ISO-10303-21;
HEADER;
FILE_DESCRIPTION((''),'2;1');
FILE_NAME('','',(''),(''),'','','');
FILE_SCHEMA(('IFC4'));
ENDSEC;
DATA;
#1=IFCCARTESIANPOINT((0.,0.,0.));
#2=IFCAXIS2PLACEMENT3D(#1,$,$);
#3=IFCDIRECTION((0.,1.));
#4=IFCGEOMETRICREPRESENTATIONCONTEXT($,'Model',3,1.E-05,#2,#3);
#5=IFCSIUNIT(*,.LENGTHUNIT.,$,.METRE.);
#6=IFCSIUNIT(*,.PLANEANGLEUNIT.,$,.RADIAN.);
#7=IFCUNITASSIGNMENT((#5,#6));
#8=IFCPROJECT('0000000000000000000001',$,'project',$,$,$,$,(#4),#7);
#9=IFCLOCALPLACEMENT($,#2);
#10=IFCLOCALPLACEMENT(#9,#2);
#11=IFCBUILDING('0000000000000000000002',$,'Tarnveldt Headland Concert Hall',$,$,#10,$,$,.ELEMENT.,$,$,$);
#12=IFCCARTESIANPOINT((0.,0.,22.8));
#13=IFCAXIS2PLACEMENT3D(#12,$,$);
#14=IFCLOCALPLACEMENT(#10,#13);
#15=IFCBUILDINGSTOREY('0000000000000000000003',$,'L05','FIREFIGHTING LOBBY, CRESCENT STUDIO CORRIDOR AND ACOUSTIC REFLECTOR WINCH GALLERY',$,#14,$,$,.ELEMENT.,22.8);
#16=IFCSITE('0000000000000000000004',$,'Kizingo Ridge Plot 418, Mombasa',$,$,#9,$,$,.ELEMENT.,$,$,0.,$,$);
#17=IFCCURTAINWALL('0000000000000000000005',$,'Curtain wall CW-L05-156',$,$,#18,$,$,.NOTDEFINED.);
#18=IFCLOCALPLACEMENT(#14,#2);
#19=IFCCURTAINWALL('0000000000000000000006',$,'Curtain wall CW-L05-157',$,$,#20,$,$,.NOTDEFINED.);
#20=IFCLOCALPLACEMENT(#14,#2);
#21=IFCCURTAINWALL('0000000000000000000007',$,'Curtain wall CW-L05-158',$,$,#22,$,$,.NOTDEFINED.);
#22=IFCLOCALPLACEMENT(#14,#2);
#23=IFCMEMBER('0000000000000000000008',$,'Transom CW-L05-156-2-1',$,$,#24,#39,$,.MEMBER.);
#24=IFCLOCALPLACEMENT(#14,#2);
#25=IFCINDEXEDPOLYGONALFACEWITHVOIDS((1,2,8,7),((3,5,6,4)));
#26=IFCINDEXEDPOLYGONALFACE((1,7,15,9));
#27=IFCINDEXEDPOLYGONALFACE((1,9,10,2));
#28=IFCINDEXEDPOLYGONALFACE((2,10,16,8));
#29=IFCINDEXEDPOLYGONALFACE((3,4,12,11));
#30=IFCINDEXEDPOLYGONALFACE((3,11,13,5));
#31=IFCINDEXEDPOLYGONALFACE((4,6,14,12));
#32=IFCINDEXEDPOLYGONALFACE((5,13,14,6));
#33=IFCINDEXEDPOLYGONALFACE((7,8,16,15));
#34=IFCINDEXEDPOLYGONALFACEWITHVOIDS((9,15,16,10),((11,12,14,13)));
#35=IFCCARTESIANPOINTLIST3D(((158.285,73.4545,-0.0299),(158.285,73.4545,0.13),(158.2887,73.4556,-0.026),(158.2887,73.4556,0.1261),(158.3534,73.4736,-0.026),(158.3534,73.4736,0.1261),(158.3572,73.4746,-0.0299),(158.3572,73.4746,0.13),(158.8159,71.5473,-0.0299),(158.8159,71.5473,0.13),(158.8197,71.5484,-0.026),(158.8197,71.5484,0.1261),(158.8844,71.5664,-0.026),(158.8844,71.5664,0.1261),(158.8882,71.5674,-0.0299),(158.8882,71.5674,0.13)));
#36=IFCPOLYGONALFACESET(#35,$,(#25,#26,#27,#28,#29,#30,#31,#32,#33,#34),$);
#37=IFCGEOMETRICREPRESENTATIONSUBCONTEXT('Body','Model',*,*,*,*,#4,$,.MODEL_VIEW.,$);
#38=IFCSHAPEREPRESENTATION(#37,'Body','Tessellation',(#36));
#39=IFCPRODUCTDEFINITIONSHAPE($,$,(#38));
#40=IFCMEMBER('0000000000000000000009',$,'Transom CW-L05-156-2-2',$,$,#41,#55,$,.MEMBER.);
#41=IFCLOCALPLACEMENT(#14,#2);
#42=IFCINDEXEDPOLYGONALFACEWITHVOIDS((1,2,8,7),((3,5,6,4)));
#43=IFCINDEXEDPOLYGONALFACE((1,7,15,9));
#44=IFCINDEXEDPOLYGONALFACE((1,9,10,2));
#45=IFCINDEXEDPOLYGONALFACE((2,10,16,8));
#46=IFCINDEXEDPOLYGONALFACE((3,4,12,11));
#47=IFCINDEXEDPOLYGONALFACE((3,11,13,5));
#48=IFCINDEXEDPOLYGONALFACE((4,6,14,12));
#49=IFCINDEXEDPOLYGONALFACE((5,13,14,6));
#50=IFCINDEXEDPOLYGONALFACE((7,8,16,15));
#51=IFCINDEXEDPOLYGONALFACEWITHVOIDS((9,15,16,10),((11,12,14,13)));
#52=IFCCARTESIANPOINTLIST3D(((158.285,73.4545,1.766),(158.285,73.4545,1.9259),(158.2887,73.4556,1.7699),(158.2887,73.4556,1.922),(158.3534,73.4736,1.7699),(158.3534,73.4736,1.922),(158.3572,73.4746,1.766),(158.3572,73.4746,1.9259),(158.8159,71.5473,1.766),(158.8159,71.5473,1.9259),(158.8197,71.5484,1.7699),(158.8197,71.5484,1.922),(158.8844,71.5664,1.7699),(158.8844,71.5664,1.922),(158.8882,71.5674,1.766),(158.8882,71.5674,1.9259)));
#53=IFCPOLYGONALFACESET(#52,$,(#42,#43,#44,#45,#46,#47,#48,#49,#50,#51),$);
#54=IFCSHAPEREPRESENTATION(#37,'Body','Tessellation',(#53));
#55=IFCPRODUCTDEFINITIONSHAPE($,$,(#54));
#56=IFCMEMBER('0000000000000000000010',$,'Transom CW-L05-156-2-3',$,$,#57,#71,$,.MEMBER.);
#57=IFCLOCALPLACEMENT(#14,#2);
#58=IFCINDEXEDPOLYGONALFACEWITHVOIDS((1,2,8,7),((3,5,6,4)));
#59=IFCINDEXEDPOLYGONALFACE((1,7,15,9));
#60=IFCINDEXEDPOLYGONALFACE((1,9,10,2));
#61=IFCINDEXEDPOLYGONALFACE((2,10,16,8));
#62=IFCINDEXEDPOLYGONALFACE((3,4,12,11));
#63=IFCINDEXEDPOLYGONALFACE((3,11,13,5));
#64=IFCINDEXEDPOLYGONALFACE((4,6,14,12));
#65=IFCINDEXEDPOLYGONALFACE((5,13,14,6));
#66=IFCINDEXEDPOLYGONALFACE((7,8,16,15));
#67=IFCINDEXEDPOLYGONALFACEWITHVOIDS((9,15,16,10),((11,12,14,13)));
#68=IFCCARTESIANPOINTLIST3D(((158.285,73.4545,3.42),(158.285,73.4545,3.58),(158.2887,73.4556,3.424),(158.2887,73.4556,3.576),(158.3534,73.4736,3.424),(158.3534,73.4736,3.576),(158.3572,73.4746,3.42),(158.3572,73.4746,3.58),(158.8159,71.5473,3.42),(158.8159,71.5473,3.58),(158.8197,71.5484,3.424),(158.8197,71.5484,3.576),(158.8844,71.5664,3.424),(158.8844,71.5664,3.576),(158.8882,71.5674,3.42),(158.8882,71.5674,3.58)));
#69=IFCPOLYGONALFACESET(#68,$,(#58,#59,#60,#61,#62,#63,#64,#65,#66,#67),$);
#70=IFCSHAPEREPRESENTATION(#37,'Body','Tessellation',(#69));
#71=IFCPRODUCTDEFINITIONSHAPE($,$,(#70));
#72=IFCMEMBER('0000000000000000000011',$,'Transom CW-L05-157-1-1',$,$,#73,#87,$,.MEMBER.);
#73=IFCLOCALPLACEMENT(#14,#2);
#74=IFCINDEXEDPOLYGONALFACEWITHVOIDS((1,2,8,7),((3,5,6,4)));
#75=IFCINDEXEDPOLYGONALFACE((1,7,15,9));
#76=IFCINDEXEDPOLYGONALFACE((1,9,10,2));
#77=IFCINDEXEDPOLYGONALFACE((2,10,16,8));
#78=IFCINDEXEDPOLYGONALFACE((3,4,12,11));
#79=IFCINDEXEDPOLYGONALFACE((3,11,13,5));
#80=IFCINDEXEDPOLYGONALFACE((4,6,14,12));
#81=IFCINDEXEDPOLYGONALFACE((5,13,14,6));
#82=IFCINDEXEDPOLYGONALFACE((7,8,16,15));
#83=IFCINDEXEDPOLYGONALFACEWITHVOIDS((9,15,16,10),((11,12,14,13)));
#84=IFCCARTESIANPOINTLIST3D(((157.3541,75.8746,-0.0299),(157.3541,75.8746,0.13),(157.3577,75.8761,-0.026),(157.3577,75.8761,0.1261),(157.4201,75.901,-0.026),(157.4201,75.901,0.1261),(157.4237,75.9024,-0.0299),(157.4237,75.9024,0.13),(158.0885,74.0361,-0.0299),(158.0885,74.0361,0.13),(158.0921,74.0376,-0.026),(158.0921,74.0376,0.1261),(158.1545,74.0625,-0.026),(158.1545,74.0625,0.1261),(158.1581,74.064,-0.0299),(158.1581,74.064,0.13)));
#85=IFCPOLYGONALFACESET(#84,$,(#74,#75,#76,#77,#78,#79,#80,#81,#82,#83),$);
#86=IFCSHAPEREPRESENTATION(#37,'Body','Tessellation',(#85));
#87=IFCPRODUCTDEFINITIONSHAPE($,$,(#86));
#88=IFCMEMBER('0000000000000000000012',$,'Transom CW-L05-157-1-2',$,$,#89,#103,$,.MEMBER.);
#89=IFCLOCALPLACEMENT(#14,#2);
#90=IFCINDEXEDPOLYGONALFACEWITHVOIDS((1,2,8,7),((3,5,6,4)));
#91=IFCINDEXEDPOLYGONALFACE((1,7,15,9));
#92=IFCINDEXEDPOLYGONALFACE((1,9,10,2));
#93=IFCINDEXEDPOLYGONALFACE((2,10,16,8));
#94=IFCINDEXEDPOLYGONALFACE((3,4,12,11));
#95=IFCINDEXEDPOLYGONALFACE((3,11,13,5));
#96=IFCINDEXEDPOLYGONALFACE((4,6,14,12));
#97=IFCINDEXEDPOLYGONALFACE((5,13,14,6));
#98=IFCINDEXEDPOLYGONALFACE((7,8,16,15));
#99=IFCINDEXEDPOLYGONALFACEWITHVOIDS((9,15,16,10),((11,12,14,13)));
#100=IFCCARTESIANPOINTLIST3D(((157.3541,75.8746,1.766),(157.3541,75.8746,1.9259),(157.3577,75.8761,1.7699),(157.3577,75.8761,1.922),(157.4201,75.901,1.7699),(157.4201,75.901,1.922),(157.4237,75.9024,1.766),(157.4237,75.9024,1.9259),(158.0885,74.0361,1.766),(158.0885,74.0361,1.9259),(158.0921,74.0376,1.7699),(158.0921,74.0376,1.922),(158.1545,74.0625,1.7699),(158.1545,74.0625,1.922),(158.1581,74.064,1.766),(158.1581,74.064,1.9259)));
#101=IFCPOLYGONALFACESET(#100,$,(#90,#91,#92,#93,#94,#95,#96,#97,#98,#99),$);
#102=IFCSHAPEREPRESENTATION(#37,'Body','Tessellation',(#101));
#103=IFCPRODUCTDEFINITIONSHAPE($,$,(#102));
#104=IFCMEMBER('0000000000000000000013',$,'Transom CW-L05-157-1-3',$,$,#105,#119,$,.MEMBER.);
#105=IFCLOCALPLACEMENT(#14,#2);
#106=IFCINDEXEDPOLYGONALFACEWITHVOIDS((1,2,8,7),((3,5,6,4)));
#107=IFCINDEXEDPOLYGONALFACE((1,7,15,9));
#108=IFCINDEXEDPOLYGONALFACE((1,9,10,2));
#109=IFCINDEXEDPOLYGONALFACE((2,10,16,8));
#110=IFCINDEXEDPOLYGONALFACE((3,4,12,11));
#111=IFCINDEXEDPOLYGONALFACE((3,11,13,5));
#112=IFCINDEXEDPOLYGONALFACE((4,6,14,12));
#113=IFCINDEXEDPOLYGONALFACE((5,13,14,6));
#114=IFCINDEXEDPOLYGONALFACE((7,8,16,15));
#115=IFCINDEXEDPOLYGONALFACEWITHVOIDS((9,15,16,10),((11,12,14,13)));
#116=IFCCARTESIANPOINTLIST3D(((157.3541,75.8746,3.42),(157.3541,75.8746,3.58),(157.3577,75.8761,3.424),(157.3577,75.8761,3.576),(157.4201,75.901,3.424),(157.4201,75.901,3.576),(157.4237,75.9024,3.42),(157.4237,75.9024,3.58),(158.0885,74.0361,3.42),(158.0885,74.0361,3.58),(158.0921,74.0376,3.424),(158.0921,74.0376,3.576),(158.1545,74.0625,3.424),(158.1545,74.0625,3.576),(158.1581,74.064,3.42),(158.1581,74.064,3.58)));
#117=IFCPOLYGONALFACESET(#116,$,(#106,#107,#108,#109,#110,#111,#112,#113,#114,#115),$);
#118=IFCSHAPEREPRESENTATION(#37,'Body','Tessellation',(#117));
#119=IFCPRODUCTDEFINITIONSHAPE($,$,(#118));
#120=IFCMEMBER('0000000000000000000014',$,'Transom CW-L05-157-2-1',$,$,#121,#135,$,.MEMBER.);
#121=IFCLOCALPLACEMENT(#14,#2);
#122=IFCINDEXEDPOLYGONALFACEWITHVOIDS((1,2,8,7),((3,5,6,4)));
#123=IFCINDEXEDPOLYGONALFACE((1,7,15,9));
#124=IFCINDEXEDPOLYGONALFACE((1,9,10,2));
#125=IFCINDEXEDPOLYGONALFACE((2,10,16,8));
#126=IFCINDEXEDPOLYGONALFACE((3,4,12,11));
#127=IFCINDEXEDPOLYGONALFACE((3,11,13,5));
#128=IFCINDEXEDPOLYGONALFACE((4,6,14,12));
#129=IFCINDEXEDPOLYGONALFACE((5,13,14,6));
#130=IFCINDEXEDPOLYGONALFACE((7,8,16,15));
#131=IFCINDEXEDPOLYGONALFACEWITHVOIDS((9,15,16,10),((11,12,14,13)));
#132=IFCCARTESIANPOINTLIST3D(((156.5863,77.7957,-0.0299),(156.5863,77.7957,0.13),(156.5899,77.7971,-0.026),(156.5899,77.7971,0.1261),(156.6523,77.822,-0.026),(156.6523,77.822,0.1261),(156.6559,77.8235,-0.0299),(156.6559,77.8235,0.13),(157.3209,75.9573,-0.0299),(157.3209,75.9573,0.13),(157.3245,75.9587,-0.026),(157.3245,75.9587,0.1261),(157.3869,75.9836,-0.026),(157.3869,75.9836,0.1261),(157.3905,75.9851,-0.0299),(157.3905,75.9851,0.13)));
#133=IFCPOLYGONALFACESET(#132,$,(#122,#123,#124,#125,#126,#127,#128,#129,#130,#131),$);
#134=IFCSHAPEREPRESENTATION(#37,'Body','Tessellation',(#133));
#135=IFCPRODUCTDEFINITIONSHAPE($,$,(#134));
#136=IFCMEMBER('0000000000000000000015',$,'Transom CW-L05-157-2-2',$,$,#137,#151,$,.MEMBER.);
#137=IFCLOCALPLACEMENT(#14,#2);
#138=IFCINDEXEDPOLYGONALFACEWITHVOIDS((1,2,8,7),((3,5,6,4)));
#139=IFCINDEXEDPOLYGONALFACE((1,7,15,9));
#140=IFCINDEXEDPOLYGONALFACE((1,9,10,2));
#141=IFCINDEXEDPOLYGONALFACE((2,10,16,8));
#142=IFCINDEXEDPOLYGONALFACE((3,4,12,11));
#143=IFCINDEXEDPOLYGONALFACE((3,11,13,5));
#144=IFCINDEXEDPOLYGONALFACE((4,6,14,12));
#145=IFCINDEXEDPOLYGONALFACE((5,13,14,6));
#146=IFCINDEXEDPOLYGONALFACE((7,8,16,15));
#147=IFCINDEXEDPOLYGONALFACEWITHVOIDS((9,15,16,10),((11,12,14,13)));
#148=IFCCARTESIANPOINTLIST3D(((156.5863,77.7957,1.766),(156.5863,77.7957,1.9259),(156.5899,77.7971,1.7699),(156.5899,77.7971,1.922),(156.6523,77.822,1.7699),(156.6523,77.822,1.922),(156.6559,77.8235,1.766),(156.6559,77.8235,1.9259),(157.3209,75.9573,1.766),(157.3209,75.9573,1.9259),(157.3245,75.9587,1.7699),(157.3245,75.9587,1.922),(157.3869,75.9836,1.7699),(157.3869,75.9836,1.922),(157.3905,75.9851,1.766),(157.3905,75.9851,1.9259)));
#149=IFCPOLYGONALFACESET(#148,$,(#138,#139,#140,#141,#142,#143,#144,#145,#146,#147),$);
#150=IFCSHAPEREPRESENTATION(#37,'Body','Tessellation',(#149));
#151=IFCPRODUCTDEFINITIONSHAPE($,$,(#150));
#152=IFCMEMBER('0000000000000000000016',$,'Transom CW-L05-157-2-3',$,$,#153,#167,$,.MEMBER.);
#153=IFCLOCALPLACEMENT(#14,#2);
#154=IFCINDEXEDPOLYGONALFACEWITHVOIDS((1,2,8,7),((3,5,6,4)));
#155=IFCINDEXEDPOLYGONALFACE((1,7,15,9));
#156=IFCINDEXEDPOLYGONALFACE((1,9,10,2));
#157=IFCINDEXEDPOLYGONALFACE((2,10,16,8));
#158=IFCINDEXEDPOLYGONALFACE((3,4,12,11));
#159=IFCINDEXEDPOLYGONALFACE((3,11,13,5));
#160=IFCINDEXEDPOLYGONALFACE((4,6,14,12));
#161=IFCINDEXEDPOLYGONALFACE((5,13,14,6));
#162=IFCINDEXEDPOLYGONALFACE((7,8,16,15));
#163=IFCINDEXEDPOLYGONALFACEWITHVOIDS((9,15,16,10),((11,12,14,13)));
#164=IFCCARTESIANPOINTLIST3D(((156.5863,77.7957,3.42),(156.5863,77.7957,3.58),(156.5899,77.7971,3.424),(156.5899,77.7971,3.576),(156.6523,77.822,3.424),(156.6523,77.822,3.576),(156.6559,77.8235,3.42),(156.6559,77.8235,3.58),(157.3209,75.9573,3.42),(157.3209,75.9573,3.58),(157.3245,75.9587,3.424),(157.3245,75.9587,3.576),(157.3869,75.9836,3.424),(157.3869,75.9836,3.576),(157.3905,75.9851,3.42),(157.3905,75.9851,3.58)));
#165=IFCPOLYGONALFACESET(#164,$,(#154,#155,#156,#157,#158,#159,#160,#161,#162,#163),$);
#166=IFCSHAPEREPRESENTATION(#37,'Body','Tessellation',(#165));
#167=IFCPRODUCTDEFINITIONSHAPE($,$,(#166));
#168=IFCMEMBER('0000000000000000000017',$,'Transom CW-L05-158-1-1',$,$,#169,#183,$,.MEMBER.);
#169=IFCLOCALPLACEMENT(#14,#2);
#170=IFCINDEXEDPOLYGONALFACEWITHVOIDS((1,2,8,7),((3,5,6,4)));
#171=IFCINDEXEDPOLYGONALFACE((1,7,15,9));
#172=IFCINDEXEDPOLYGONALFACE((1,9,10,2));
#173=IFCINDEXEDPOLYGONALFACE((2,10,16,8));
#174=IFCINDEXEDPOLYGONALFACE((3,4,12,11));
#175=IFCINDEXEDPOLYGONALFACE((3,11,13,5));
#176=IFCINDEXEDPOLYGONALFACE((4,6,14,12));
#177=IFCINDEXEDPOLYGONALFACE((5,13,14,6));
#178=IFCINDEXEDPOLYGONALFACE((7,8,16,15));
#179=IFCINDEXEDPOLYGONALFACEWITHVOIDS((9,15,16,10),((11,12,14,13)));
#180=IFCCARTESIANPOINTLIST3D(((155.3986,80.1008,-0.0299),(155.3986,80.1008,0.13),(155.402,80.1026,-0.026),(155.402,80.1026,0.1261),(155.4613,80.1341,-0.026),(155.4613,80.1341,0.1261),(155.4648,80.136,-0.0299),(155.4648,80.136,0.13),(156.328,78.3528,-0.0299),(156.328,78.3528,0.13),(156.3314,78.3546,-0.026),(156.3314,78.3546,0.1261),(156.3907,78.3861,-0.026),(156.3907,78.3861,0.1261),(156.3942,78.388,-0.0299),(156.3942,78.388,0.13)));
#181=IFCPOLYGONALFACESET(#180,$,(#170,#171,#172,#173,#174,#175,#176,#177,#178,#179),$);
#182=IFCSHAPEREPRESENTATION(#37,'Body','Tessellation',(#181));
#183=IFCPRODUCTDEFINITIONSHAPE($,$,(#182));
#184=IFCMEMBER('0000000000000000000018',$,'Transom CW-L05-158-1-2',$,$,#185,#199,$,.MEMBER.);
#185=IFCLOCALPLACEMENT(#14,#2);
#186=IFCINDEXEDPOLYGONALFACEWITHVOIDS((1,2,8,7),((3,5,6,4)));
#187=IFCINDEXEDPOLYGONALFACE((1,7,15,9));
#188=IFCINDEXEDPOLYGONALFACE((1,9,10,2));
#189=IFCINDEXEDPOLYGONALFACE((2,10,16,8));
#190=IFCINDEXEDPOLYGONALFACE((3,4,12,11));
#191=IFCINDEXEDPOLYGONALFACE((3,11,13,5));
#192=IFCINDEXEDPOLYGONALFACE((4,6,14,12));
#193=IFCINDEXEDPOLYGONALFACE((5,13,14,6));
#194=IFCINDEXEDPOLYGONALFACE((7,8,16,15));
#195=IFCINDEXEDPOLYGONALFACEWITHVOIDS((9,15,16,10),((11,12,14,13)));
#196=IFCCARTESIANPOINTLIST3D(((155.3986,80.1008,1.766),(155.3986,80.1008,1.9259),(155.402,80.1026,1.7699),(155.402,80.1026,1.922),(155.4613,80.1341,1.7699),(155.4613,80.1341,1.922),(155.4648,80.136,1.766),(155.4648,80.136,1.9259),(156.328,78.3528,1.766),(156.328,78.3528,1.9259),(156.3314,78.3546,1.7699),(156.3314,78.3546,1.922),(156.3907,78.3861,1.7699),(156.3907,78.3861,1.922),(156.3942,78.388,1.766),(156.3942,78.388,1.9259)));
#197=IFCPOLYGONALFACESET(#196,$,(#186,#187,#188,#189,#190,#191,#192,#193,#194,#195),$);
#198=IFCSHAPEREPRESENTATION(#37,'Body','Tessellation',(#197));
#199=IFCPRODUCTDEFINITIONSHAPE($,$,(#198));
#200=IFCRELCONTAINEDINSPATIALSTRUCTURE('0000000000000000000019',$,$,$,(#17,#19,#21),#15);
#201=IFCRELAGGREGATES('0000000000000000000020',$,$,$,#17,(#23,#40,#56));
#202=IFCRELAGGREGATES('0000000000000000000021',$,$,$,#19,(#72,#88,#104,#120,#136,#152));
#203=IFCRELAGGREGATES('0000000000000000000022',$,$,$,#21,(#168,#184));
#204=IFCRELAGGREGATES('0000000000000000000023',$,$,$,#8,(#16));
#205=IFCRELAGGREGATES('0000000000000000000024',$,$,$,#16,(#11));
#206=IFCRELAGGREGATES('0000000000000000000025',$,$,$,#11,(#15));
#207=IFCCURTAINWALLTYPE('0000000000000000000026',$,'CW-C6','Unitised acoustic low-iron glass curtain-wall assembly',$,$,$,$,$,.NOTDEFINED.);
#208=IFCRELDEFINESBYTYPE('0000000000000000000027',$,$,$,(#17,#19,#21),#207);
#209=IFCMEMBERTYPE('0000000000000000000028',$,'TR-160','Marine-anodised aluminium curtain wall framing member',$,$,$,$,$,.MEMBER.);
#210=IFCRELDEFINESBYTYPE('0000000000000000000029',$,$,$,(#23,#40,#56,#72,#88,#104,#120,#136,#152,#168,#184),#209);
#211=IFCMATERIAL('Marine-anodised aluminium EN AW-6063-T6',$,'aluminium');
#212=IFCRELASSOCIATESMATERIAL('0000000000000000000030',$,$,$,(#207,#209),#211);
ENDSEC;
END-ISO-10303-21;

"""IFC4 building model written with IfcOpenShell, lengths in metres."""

from ifc_helpers import new_model, si_unit, direction, frame, origin, origin_2d, place, context, subcontext, project, spatial, hollow_rectangle, extrude, material, material_profile, profile_set, type_object, element, aggregate, save


model = new_model("IFC4")

# Units and contexts
model_context = context("Model", 3, precision=1e-05, world=origin(), true_north=direction((0.0, 1.0)))
body_context = subcontext(model_context, "Body", "Model", "MODEL_VIEW")
ifc_project = project(units=[si_unit("LENGTHUNIT", "METRE"), si_unit("PLANEANGLEUNIT", "RADIAN")], contexts=[model_context])

# Site, building, storey
site_placement = place(None, origin())
site = spatial("IfcSite", under=ifc_project, at=site_placement, Name="Kizingo Ridge Plot 418, Mombasa", CompositionType="ELEMENT", RefElevation=0.0)
building_placement = place(site_placement, origin())
building = spatial("IfcBuilding", under=site, at=building_placement, Name="Tarnveldt Headland Concert Hall", CompositionType="ELEMENT")
storey_placement = place(building_placement, frame((0.0, 0.0, 22.8)))
storey = spatial("IfcBuildingStorey", under=building, at=storey_placement, Name="L05", Description="FIREFIGHTING LOBBY, CRESCENT STUDIO CORRIDOR AND ACOUSTIC REFLECTOR WINCH GALLERY", CompositionType="ELEMENT", Elevation=22.8)

# Curtain walls
ifc_material_1 = material(Name="Marine-anodised aluminium EN AW-6063-T6", Category="aluminium")
curtain_wall_type = type_object("IfcCurtainWallType", Name="CW-C6", Description="Unitised acoustic low-iron glass curtain-wall assembly", PredefinedType="NOTDEFINED", material=ifc_material_1)
curtain_wall_1_placement = place(storey_placement, origin())
curtain_wall_1 = element("IfcCurtainWall", 1, at=curtain_wall_1_placement, inside=storey, type_object=curtain_wall_type, Name="Curtain wall CW-L05-156", PredefinedType="NOTDEFINED")
curtain_wall_2_placement = place(storey_placement, origin())
curtain_wall_2 = element("IfcCurtainWall", 2, at=curtain_wall_2_placement, inside=storey, type_object=curtain_wall_type, Name="Curtain wall CW-L05-157", PredefinedType="NOTDEFINED")

# Curtain wall
curtain_wall_3_placement = place(storey_placement, origin())
curtain_wall_3 = element("IfcCurtainWall", 3, at=curtain_wall_3_placement, inside=storey, type_object=curtain_wall_type, Name="Curtain wall CW-L05-158", PredefinedType="NOTDEFINED")

# Members
ifc_material_profile_1 = material_profile(ifc_material_1, hollow_rectangle(XDim=0.075, YDim=0.1599, WallThickness=0.0039, at=origin_2d()), Name="ALU TRANSOM 75x160x4", Category="aluminium")
ifc_profile_set_1 = profile_set([ifc_material_profile_1], Name="Marine-anodised aluminium EN AW-6063-T6")
member_type_1 = type_object("IfcMemberType", Name="TR-160", Description="Marine-anodised aluminium curtain wall framing member", PredefinedType="MEMBER", material=ifc_profile_set_1)
member_1_placement = place(storey_placement, frame((158.8521, 71.5574, 0.05), z_axis=(-0.268216, 0.963359, 0.0), x_axis=(-0.963359, -0.268216, 0.0)))
member_1 = element("IfcMember", 4, at=member_1_placement, type_object=member_type_1, Name="Transom CW-L05-156-2-1", PredefinedType="MEMBER", context=body_context, shape_type="SweptSolid", body=[
    extrude(hollow_rectangle(XDim=0.075, YDim=0.1599, WallThickness=0.0039, at=origin_2d()), origin(), (0.0, 0.0, 1.0), 1.9797),
])
member_2_placement = place(storey_placement, frame((158.8521, 71.5574, 1.8459), z_axis=(-0.268216, 0.963359, 0.0), x_axis=(-0.963359, -0.268216, 0.0)))
member_2 = element("IfcMember", 5, at=member_2_placement, type_object=member_type_1, Name="Transom CW-L05-156-2-2", PredefinedType="MEMBER", context=body_context, shape_type="SweptSolid", body=[
    extrude(hollow_rectangle(XDim=0.075, YDim=0.1599, WallThickness=0.0039, at=origin_2d()), origin(), (0.0, 0.0, 1.0), 1.9797),
])
member_3_placement = place(storey_placement, frame((158.8521, 71.5574, 3.5), z_axis=(-0.268216, 0.963359, 0.0), x_axis=(-0.963359, -0.268216, 0.0)))
member_3 = element("IfcMember", 6, at=member_3_placement, type_object=member_type_1, Name="Transom CW-L05-156-2-3", PredefinedType="MEMBER", context=body_context, shape_type="SweptSolid", body=[
    extrude(hollow_rectangle(XDim=0.075, YDim=0.1599, WallThickness=0.0039, at=origin_2d()), origin(), (0.0, 0.0, 1.0), 1.9797),
])
member_4_placement = place(storey_placement, frame((158.1233, 74.05, 0.05), z_axis=(-0.370965, 0.928647, 0.0), x_axis=(-0.928647, -0.370965, 0.0)))
member_4 = element("IfcMember", 7, at=member_4_placement, type_object=member_type_1, Name="Transom CW-L05-157-1-1", PredefinedType="MEMBER", context=body_context, shape_type="SweptSolid", body=[
    extrude(hollow_rectangle(XDim=0.075, YDim=0.1599, WallThickness=0.0039, at=origin_2d()), origin(), (0.0, 0.0, 1.0), 1.9797),
])
member_5_placement = place(storey_placement, frame((158.1233, 74.05, 1.8459), z_axis=(-0.370965, 0.928647, 0.0), x_axis=(-0.928647, -0.370965, 0.0)))
member_5 = element("IfcMember", 8, at=member_5_placement, type_object=member_type_1, Name="Transom CW-L05-157-1-2", PredefinedType="MEMBER", context=body_context, shape_type="SweptSolid", body=[
    extrude(hollow_rectangle(XDim=0.075, YDim=0.1599, WallThickness=0.0039, at=origin_2d()), origin(), (0.0, 0.0, 1.0), 1.9797),
])
member_6_placement = place(storey_placement, frame((158.1233, 74.05, 3.5), z_axis=(-0.370965, 0.928647, 0.0), x_axis=(-0.928647, -0.370965, 0.0)))
member_6 = element("IfcMember", 9, at=member_6_placement, type_object=member_type_1, Name="Transom CW-L05-157-1-3", PredefinedType="MEMBER", context=body_context, shape_type="SweptSolid", body=[
    extrude(hollow_rectangle(XDim=0.075, YDim=0.1599, WallThickness=0.0039, at=origin_2d()), origin(), (0.0, 0.0, 1.0), 1.9797),
])
member_7_placement = place(storey_placement, frame((157.3557, 75.9712, 0.05), z_axis=(-0.371072, 0.928604, 0.0), x_axis=(-0.928604, -0.371072, 0.0)))
member_7 = element("IfcMember", 10, at=member_7_placement, type_object=member_type_1, Name="Transom CW-L05-157-2-1", PredefinedType="MEMBER", context=body_context, shape_type="SweptSolid", body=[
    extrude(hollow_rectangle(XDim=0.075, YDim=0.1599, WallThickness=0.0039, at=origin_2d()), origin(), (0.0, 0.0, 1.0), 1.9797),
])
member_8_placement = place(storey_placement, frame((157.3557, 75.9712, 1.8459), z_axis=(-0.371072, 0.928604, 0.0), x_axis=(-0.928604, -0.371072, 0.0)))
member_8 = element("IfcMember", 11, at=member_8_placement, type_object=member_type_1, Name="Transom CW-L05-157-2-2", PredefinedType="MEMBER", context=body_context, shape_type="SweptSolid", body=[
    extrude(hollow_rectangle(XDim=0.075, YDim=0.1599, WallThickness=0.0039, at=origin_2d()), origin(), (0.0, 0.0, 1.0), 1.9797),
])
member_9_placement = place(storey_placement, frame((157.3557, 75.9712, 3.5), z_axis=(-0.371072, 0.928604, 0.0), x_axis=(-0.928604, -0.371072, 0.0)))
member_9 = element("IfcMember", 12, at=member_9_placement, type_object=member_type_1, Name="Transom CW-L05-157-2-3", PredefinedType="MEMBER", context=body_context, shape_type="SweptSolid", body=[
    extrude(hollow_rectangle(XDim=0.075, YDim=0.1599, WallThickness=0.0039, at=origin_2d()), origin(), (0.0, 0.0, 1.0), 1.9797),
])
member_10_placement = place(storey_placement, frame((156.3611, 78.3704, 0.05), z_axis=(-0.469468, 0.88295, 0.0), x_axis=(-0.88295, -0.469468, 0.0)))
member_10 = element("IfcMember", 13, at=member_10_placement, type_object=member_type_1, Name="Transom CW-L05-158-1-1", PredefinedType="MEMBER", context=body_context, shape_type="SweptSolid", body=[
    extrude(hollow_rectangle(XDim=0.075, YDim=0.1599, WallThickness=0.0039, at=origin_2d()), origin(), (0.0, 0.0, 1.0), 1.9797),
])
member_11_placement = place(storey_placement, frame((156.3611, 78.3704, 1.8459), z_axis=(-0.469468, 0.88295, 0.0), x_axis=(-0.88295, -0.469468, 0.0)))
member_11 = element("IfcMember", 14, at=member_11_placement, type_object=member_type_1, Name="Transom CW-L05-158-1-2", PredefinedType="MEMBER", context=body_context, shape_type="SweptSolid", body=[
    extrude(hollow_rectangle(XDim=0.075, YDim=0.1599, WallThickness=0.0039, at=origin_2d()), origin(), (0.0, 0.0, 1.0), 1.9797),
])

aggregate(curtain_wall_1, [member_1, member_2, member_3])
aggregate(curtain_wall_2, [member_4, member_5, member_6, member_7, member_8, member_9])
aggregate(curtain_wall_3, [member_10, member_11])

save(model, "model.ifc")
